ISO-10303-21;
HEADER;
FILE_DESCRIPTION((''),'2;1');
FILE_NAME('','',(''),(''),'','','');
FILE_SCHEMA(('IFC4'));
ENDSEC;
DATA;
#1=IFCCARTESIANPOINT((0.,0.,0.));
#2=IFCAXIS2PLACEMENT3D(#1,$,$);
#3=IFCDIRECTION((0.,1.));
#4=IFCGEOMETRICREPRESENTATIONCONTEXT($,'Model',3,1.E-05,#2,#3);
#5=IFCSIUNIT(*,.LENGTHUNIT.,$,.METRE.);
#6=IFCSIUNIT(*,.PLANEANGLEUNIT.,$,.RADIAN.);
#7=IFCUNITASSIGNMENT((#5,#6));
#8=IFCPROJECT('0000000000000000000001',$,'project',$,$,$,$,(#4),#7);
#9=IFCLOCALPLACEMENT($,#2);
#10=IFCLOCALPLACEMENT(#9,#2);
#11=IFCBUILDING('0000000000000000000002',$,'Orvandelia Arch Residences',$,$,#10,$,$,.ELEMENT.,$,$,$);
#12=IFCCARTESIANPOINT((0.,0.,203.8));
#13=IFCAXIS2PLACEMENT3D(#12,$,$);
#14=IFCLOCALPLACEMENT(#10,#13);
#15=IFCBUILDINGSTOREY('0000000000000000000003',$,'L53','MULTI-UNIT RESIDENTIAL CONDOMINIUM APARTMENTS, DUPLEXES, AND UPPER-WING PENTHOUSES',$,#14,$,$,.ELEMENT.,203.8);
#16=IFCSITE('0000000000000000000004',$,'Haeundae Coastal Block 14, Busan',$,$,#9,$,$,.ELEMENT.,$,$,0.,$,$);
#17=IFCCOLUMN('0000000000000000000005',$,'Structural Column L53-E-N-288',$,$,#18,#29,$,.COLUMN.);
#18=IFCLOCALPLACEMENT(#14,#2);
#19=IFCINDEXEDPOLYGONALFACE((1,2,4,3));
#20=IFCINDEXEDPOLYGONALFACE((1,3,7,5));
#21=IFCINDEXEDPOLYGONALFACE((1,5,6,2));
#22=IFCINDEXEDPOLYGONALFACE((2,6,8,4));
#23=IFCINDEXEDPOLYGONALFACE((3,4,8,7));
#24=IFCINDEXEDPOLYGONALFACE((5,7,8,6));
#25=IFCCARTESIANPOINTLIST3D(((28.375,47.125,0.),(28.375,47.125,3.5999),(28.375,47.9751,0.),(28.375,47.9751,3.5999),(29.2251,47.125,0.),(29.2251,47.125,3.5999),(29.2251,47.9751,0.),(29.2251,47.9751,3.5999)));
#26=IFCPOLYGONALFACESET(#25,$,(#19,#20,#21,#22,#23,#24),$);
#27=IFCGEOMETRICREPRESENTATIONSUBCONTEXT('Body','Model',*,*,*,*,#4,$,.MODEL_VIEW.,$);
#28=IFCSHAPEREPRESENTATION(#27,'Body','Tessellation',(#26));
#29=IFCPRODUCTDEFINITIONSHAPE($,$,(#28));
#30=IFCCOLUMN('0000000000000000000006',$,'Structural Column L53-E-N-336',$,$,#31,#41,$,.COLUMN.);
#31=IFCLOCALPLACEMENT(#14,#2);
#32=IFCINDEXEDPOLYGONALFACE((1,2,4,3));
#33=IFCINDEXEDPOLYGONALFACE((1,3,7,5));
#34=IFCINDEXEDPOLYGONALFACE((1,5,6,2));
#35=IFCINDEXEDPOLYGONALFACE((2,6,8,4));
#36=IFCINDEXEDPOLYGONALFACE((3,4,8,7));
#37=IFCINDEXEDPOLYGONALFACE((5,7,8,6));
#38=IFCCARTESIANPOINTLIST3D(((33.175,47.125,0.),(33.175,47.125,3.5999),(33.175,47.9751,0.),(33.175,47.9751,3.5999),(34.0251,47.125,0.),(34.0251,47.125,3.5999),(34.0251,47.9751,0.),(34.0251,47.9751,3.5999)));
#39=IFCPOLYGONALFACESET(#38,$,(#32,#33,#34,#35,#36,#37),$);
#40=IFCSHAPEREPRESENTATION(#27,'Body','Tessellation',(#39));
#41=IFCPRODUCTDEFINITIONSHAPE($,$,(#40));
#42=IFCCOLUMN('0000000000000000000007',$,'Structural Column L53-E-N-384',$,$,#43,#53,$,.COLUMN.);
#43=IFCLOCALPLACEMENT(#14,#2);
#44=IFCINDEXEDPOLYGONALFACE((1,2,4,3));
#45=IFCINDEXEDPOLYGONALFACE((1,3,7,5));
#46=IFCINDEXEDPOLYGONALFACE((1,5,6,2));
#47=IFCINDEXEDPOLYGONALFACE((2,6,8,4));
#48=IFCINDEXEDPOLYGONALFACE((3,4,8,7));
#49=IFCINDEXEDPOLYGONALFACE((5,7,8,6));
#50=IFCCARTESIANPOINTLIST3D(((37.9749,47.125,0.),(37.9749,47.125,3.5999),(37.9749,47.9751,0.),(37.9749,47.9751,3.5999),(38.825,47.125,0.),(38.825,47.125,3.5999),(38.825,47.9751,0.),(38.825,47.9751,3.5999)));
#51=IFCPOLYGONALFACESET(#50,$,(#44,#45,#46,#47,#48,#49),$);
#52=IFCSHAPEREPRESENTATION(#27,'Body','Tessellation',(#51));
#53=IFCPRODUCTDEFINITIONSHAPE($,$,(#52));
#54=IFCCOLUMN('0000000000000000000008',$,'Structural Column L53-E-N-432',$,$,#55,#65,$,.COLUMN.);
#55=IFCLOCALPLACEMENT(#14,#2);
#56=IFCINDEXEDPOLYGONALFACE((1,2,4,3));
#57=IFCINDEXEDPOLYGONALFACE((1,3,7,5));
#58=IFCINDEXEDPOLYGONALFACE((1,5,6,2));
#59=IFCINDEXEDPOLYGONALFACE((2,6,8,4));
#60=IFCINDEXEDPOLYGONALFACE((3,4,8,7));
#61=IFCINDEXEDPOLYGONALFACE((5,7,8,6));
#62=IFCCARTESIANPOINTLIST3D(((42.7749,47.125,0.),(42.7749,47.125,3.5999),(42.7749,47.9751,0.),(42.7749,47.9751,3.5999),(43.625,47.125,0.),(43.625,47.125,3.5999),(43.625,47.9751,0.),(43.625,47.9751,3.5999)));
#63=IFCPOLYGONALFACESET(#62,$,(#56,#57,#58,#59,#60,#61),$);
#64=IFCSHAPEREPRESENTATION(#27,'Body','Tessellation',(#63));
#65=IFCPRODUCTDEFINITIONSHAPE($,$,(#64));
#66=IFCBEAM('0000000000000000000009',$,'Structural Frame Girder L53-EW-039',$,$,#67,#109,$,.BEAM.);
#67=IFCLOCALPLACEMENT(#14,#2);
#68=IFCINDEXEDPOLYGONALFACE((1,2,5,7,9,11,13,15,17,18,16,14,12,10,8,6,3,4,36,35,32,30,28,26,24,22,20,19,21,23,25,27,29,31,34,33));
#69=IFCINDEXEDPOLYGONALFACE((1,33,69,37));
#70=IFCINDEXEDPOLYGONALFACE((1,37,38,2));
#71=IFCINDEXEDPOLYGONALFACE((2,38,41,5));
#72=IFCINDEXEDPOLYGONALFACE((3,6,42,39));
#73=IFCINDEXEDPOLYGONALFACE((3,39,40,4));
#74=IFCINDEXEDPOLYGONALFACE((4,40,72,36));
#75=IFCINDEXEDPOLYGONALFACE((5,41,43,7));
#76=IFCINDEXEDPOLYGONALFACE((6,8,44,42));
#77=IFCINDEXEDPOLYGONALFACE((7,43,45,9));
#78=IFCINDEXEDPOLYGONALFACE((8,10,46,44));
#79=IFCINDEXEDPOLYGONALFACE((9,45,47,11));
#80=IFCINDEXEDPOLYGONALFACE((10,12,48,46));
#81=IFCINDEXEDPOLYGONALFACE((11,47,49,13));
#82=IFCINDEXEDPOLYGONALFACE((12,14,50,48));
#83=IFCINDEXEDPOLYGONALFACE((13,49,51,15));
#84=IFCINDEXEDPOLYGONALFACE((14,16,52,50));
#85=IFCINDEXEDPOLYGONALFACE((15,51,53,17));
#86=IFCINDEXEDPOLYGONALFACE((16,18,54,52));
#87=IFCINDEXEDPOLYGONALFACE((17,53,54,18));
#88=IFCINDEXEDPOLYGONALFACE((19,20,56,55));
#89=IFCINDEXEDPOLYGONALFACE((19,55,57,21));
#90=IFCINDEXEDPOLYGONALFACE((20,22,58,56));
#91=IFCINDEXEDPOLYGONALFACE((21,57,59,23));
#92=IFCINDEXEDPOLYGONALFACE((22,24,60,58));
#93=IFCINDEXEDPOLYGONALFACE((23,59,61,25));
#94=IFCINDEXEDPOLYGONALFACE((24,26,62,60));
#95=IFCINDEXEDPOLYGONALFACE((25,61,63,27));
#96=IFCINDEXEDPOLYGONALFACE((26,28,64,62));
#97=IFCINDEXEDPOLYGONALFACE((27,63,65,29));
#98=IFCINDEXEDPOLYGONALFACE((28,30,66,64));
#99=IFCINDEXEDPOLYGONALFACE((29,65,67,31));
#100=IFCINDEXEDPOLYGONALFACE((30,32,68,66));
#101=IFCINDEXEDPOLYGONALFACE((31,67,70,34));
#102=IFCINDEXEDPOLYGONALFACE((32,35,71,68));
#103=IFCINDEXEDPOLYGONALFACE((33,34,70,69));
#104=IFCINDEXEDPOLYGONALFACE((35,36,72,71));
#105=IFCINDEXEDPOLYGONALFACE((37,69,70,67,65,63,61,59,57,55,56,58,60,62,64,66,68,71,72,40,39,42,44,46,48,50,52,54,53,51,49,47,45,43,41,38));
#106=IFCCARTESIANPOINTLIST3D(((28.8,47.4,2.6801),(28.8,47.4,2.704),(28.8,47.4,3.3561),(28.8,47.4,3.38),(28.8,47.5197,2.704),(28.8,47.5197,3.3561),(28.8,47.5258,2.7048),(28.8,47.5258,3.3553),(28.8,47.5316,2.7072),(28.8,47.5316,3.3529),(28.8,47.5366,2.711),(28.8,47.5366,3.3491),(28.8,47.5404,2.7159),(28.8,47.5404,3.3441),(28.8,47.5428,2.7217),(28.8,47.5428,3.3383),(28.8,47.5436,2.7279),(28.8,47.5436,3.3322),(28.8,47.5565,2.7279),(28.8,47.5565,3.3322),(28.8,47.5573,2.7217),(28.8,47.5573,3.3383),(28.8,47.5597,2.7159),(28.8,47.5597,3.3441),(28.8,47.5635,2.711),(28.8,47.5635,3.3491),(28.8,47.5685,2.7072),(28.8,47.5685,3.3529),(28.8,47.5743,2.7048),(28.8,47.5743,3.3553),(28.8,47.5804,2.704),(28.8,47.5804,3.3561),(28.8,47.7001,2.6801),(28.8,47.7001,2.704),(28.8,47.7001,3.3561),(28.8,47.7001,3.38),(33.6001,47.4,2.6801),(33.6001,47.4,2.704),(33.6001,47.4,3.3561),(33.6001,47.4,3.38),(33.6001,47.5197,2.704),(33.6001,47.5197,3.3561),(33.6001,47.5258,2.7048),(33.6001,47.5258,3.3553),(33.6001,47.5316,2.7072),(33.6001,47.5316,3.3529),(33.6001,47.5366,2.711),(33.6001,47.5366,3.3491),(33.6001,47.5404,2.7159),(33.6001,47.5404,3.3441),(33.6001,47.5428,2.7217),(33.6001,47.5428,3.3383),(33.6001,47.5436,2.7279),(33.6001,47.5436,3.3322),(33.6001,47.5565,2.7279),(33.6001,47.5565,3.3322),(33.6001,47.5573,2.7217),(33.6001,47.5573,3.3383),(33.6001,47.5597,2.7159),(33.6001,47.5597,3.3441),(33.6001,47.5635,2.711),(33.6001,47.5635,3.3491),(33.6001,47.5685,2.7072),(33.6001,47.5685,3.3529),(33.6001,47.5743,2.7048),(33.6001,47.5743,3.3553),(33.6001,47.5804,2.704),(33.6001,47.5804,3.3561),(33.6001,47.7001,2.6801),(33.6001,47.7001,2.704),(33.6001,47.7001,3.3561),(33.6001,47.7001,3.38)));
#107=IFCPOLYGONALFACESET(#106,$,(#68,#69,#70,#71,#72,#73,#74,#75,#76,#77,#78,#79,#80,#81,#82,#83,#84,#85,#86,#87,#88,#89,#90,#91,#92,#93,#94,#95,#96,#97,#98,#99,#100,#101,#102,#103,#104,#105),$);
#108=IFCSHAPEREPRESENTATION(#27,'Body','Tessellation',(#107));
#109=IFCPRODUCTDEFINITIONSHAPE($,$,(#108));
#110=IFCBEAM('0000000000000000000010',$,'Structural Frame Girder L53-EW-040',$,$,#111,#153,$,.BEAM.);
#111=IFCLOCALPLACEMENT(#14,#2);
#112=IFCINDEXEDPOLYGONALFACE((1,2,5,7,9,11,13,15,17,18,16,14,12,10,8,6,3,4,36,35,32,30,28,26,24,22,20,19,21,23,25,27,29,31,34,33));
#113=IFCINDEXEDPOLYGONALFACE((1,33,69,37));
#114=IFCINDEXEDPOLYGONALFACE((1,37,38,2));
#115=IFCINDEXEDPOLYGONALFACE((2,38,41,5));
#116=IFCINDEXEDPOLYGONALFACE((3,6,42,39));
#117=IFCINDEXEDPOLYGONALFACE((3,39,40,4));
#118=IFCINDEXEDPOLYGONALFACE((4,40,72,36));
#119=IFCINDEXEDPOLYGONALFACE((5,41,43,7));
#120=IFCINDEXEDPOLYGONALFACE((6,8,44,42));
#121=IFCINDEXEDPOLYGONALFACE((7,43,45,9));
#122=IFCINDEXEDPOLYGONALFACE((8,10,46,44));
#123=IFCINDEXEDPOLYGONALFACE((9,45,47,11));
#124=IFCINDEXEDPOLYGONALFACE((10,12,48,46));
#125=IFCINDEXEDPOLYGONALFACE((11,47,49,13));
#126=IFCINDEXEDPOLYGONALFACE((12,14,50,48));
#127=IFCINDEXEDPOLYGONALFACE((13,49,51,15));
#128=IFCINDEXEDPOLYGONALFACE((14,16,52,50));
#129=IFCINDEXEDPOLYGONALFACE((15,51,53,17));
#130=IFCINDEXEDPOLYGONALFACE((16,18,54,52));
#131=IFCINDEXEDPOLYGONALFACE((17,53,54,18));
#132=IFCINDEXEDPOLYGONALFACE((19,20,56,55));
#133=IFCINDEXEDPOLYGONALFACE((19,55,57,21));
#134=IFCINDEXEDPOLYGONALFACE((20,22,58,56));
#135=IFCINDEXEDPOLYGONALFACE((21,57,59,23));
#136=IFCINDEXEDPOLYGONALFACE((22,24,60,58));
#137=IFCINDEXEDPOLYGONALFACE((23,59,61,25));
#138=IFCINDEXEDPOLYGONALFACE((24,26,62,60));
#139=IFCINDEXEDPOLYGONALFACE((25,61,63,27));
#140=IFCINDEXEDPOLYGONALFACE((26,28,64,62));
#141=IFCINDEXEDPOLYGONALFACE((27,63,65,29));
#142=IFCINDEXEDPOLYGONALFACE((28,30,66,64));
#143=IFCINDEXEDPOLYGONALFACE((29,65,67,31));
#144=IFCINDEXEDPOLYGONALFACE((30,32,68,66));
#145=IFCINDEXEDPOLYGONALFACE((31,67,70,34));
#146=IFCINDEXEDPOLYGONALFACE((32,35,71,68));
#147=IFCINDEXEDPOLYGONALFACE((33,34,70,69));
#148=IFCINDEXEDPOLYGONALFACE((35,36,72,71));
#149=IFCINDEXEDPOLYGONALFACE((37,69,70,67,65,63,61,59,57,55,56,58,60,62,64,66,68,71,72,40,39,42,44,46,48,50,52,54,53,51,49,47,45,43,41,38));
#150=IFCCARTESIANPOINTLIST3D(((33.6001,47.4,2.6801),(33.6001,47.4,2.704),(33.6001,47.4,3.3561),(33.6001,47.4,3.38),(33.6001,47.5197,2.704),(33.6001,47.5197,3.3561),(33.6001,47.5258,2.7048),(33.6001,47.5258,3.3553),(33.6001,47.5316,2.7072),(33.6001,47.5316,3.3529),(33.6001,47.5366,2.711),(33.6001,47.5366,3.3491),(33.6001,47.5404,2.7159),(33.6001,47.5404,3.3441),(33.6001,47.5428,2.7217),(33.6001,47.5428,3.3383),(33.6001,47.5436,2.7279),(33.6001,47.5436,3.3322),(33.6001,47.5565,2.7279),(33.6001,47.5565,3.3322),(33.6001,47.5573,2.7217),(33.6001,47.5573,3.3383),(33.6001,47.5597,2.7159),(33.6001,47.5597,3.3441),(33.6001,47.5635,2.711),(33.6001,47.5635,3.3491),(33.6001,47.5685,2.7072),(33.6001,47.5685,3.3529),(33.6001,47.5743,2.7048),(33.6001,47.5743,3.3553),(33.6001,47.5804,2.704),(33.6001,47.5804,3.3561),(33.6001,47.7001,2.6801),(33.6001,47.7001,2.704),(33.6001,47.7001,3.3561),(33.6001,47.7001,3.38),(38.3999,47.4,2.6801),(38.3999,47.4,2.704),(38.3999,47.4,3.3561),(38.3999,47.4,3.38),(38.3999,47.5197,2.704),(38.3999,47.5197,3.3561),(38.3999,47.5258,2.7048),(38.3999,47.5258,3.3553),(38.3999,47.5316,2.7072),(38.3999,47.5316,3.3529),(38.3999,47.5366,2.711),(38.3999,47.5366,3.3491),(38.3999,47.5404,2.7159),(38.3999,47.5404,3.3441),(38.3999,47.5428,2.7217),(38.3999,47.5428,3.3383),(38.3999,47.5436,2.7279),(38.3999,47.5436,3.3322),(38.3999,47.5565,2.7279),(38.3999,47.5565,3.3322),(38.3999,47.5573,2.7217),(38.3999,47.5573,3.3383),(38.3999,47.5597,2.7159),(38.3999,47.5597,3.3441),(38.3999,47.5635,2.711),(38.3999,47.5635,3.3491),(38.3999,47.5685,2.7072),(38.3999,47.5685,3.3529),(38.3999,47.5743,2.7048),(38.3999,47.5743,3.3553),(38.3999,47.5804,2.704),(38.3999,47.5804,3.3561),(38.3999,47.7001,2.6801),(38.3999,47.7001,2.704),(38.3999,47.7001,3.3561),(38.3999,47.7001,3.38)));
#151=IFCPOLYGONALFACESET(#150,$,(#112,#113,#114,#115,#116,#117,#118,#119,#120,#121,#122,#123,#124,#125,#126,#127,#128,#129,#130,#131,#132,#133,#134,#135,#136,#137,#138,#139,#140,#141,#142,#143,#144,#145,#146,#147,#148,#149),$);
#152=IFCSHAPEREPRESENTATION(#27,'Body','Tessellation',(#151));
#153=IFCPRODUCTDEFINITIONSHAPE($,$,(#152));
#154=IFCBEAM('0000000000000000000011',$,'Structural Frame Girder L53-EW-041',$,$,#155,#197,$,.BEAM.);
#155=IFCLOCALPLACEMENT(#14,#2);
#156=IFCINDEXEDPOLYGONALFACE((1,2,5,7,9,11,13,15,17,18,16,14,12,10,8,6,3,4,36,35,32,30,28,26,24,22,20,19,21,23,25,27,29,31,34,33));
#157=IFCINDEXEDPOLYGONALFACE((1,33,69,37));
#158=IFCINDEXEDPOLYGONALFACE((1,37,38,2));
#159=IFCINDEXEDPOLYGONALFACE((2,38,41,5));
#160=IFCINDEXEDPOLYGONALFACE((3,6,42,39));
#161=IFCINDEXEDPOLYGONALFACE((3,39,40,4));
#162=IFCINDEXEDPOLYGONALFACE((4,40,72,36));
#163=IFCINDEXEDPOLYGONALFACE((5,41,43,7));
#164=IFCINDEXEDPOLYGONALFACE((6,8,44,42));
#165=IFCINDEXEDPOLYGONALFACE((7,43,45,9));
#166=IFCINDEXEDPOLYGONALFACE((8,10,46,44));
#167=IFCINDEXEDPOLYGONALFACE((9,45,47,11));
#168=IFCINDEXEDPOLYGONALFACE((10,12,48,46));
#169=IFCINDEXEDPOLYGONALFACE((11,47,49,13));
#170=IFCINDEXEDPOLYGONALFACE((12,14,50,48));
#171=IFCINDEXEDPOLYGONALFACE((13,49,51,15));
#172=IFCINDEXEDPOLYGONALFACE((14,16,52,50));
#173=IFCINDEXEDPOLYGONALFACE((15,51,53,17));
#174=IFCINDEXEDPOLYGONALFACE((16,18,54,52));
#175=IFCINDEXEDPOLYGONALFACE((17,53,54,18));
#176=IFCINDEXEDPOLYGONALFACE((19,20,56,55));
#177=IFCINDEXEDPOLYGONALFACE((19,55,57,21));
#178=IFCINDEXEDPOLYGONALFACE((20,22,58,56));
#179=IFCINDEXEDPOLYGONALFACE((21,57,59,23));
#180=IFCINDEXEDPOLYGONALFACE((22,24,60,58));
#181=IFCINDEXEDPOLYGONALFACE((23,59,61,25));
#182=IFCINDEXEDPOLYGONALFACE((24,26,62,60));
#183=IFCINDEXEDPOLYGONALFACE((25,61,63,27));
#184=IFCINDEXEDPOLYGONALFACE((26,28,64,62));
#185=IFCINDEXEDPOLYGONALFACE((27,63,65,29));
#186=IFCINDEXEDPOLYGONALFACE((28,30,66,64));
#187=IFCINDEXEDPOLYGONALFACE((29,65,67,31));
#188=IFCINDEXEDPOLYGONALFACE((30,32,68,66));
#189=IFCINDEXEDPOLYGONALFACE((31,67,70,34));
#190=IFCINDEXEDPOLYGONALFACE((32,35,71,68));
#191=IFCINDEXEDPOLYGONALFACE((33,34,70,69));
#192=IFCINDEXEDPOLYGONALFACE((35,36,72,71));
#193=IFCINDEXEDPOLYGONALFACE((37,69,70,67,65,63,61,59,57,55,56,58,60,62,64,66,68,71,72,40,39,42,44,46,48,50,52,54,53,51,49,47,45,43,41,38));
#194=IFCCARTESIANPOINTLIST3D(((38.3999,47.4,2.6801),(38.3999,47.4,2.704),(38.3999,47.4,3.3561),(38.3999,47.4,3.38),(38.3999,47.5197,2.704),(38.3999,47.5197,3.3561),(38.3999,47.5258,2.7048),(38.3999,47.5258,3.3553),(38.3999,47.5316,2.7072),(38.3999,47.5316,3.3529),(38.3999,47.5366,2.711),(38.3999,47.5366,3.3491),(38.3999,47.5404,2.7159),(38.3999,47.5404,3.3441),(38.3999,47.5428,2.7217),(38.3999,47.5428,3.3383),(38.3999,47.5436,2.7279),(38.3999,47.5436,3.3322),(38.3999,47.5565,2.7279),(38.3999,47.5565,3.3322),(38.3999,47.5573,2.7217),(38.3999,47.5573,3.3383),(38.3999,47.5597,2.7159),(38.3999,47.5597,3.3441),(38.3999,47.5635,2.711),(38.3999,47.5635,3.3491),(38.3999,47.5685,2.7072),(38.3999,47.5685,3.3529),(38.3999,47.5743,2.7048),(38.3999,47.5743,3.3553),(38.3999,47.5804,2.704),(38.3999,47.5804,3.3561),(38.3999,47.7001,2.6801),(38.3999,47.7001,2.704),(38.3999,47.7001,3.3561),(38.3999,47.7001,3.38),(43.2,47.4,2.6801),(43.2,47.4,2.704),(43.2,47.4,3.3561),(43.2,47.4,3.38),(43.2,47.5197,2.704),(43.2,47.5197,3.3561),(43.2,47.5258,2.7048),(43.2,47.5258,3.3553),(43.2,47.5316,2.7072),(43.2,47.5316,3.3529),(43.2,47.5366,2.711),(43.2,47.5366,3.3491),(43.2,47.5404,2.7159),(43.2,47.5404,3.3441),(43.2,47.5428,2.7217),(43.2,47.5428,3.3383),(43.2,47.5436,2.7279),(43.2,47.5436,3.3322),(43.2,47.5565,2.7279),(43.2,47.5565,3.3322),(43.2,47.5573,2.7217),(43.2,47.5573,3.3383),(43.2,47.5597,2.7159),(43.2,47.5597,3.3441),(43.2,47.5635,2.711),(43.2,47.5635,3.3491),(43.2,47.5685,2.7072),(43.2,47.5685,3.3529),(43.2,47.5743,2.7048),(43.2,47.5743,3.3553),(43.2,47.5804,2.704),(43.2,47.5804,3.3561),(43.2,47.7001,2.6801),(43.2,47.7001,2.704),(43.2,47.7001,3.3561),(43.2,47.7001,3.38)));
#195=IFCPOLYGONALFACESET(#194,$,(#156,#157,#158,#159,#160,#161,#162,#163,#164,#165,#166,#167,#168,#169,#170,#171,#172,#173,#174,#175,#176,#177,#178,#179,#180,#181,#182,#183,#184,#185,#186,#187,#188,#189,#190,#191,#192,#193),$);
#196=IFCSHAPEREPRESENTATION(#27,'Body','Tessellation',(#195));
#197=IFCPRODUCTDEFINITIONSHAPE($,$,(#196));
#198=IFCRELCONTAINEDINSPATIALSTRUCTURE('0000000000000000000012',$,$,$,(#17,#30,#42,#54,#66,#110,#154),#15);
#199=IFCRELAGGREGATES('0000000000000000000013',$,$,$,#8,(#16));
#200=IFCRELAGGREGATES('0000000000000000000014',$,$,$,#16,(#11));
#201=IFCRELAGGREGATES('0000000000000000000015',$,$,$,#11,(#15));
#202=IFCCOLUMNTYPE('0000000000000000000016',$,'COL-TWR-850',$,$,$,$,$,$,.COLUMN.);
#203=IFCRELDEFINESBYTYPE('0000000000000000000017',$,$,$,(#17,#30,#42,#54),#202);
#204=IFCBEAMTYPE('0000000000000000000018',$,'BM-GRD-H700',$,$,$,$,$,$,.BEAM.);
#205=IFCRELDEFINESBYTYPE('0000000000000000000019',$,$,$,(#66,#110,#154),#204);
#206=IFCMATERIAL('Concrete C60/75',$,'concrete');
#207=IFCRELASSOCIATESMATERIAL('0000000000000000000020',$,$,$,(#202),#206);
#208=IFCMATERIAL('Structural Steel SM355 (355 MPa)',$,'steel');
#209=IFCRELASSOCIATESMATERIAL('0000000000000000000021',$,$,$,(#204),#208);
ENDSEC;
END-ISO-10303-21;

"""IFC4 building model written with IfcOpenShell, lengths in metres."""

from ifc_helpers import new_model, si_unit, direction, frame, origin, origin_2d, place, context, subcontext, project, spatial, rectangle, i_section, extrude, material, material_profile, profile_set, type_object, element, save


model = new_model("IFC4")

# Units and contexts
model_context = context("Model", 3, precision=1e-05, world=origin(), true_north=direction((0.0, 1.0)))
body_context = subcontext(model_context, "Body", "Model", "MODEL_VIEW")
ifc_project = project(units=[si_unit("LENGTHUNIT", "METRE"), si_unit("PLANEANGLEUNIT", "RADIAN")], contexts=[model_context])

# Site, building, storey
site_placement = place(None, origin())
site = spatial("IfcSite", under=ifc_project, at=site_placement, Name="Haeundae Coastal Block 14, Busan", CompositionType="ELEMENT", RefElevation=0.0)
building_placement = place(site_placement, origin())
building = spatial("IfcBuilding", under=site, at=building_placement, Name="Orvandelia Arch Residences", CompositionType="ELEMENT")
storey_placement = place(building_placement, frame((0.0, 0.0, 203.8)))
storey = spatial("IfcBuildingStorey", under=building, at=storey_placement, Name="L53", Description="MULTI-UNIT RESIDENTIAL CONDOMINIUM APARTMENTS, DUPLEXES, AND UPPER-WING PENTHOUSES", CompositionType="ELEMENT", Elevation=203.8)

# Columns
ifc_material_1 = material(Name="Concrete C60/75", Category="concrete")
ifc_material_profile_1 = material_profile(ifc_material_1, rectangle(XDim=0.8501, YDim=0.8501, at=origin_2d()), Name="Concrete C60/75", Category="concrete")
ifc_profile_set_1 = profile_set([ifc_material_profile_1], Name="Concrete C60/75")
column_type = type_object("IfcColumnType", Name="COL-TWR-850", PredefinedType="COLUMN", material=ifc_profile_set_1)
for number, where, z_axis, x_axis, name in (
    (1, (28.8, 47.55, 0.0), (0.0, 0.0, 1.0), (1.0, 0.0, 0.0), "Structural Column L53-E-N-288"),
    (2, (33.6001, 47.55, 0.0), (0.0, 0.0, 1.0), (1.0, 0.0, 0.0), "Structural Column L53-E-N-336"),
    (3, (38.3999, 47.55, 0.0), (0.0, 0.0, 1.0), (1.0, 0.0, 0.0), "Structural Column L53-E-N-384"),
    (4, (43.2, 47.55, 0.0), (0.0, 0.0, 1.0), (1.0, 0.0, 0.0), "Structural Column L53-E-N-432"),
):
    element("IfcColumn", number, at=place(storey_placement, frame(where, z_axis=z_axis, x_axis=x_axis)), inside=storey, type_object=column_type, Name=name, PredefinedType="COLUMN", context=body_context, shape_type="SweptSolid", body=[
        extrude(rectangle(XDim=0.8501, YDim=0.8501, at=origin_2d()), origin(), (0.0, 0.0, 1.0), 3.5999),
    ])

# Beams
ifc_material_2 = material(Name="Structural Steel SM355 (355 MPa)", Category="steel")
ifc_material_profile_2 = material_profile(ifc_material_2, i_section(OverallWidth=0.3, OverallDepth=0.7, WebThickness=0.0129, FlangeThickness=0.0239, FilletRadius=0.0239, at=origin_2d()), Name="Structural Steel SM355 (355 MPa)", Category="steel")
ifc_profile_set_2 = profile_set([ifc_material_profile_2], Name="Structural Steel SM355 (355 MPa)")
beam_type = type_object("IfcBeamType", Name="BM-GRD-H700", PredefinedType="BEAM", material=ifc_profile_set_2)
beam_1_placement = place(storey_placement, frame((28.8, 47.55, 3.03), z_axis=(1.0, 0.0, 0.0), x_axis=(0.0, 1.0, 0.0)))
element("IfcBeam", 5, at=beam_1_placement, inside=storey, type_object=beam_type, Name="Structural Frame Girder L53-EW-039", PredefinedType="BEAM", context=body_context, shape_type="SweptSolid", body=[
    extrude(i_section(OverallWidth=0.3, OverallDepth=0.7, WebThickness=0.0129, FlangeThickness=0.0239, FilletRadius=0.0239, at=origin_2d()), origin(), (0.0, 0.0, 1.0), 4.8),
])
beam_2_placement = place(storey_placement, frame((33.6001, 47.55, 3.03), z_axis=(1.0, 0.0, 0.0), x_axis=(0.0, 1.0, 0.0)))
element("IfcBeam", 6, at=beam_2_placement, inside=storey, type_object=beam_type, Name="Structural Frame Girder L53-EW-040", PredefinedType="BEAM", context=body_context, shape_type="SweptSolid", body=[
    extrude(i_section(OverallWidth=0.3, OverallDepth=0.7, WebThickness=0.0129, FlangeThickness=0.0239, FilletRadius=0.0239, at=origin_2d()), origin(), (0.0, 0.0, 1.0), 4.7998),
])
for number, where, z_axis, x_axis, name in (
    (7, (38.3999, 47.55, 3.03), (1.0, 0.0, 0.0), (0.0, 1.0, 0.0), "Structural Frame Girder L53-EW-041"),
):
    element("IfcBeam", number, at=place(storey_placement, frame(where, z_axis=z_axis, x_axis=x_axis)), inside=storey, type_object=beam_type, Name=name, PredefinedType="BEAM", context=body_context, shape_type="SweptSolid", body=[
        extrude(i_section(OverallWidth=0.3, OverallDepth=0.7, WebThickness=0.0129, FlangeThickness=0.0239, FilletRadius=0.0239, at=origin_2d()), origin(), (0.0, 0.0, 1.0), 4.8),
    ])

save(model, "model.ifc")
